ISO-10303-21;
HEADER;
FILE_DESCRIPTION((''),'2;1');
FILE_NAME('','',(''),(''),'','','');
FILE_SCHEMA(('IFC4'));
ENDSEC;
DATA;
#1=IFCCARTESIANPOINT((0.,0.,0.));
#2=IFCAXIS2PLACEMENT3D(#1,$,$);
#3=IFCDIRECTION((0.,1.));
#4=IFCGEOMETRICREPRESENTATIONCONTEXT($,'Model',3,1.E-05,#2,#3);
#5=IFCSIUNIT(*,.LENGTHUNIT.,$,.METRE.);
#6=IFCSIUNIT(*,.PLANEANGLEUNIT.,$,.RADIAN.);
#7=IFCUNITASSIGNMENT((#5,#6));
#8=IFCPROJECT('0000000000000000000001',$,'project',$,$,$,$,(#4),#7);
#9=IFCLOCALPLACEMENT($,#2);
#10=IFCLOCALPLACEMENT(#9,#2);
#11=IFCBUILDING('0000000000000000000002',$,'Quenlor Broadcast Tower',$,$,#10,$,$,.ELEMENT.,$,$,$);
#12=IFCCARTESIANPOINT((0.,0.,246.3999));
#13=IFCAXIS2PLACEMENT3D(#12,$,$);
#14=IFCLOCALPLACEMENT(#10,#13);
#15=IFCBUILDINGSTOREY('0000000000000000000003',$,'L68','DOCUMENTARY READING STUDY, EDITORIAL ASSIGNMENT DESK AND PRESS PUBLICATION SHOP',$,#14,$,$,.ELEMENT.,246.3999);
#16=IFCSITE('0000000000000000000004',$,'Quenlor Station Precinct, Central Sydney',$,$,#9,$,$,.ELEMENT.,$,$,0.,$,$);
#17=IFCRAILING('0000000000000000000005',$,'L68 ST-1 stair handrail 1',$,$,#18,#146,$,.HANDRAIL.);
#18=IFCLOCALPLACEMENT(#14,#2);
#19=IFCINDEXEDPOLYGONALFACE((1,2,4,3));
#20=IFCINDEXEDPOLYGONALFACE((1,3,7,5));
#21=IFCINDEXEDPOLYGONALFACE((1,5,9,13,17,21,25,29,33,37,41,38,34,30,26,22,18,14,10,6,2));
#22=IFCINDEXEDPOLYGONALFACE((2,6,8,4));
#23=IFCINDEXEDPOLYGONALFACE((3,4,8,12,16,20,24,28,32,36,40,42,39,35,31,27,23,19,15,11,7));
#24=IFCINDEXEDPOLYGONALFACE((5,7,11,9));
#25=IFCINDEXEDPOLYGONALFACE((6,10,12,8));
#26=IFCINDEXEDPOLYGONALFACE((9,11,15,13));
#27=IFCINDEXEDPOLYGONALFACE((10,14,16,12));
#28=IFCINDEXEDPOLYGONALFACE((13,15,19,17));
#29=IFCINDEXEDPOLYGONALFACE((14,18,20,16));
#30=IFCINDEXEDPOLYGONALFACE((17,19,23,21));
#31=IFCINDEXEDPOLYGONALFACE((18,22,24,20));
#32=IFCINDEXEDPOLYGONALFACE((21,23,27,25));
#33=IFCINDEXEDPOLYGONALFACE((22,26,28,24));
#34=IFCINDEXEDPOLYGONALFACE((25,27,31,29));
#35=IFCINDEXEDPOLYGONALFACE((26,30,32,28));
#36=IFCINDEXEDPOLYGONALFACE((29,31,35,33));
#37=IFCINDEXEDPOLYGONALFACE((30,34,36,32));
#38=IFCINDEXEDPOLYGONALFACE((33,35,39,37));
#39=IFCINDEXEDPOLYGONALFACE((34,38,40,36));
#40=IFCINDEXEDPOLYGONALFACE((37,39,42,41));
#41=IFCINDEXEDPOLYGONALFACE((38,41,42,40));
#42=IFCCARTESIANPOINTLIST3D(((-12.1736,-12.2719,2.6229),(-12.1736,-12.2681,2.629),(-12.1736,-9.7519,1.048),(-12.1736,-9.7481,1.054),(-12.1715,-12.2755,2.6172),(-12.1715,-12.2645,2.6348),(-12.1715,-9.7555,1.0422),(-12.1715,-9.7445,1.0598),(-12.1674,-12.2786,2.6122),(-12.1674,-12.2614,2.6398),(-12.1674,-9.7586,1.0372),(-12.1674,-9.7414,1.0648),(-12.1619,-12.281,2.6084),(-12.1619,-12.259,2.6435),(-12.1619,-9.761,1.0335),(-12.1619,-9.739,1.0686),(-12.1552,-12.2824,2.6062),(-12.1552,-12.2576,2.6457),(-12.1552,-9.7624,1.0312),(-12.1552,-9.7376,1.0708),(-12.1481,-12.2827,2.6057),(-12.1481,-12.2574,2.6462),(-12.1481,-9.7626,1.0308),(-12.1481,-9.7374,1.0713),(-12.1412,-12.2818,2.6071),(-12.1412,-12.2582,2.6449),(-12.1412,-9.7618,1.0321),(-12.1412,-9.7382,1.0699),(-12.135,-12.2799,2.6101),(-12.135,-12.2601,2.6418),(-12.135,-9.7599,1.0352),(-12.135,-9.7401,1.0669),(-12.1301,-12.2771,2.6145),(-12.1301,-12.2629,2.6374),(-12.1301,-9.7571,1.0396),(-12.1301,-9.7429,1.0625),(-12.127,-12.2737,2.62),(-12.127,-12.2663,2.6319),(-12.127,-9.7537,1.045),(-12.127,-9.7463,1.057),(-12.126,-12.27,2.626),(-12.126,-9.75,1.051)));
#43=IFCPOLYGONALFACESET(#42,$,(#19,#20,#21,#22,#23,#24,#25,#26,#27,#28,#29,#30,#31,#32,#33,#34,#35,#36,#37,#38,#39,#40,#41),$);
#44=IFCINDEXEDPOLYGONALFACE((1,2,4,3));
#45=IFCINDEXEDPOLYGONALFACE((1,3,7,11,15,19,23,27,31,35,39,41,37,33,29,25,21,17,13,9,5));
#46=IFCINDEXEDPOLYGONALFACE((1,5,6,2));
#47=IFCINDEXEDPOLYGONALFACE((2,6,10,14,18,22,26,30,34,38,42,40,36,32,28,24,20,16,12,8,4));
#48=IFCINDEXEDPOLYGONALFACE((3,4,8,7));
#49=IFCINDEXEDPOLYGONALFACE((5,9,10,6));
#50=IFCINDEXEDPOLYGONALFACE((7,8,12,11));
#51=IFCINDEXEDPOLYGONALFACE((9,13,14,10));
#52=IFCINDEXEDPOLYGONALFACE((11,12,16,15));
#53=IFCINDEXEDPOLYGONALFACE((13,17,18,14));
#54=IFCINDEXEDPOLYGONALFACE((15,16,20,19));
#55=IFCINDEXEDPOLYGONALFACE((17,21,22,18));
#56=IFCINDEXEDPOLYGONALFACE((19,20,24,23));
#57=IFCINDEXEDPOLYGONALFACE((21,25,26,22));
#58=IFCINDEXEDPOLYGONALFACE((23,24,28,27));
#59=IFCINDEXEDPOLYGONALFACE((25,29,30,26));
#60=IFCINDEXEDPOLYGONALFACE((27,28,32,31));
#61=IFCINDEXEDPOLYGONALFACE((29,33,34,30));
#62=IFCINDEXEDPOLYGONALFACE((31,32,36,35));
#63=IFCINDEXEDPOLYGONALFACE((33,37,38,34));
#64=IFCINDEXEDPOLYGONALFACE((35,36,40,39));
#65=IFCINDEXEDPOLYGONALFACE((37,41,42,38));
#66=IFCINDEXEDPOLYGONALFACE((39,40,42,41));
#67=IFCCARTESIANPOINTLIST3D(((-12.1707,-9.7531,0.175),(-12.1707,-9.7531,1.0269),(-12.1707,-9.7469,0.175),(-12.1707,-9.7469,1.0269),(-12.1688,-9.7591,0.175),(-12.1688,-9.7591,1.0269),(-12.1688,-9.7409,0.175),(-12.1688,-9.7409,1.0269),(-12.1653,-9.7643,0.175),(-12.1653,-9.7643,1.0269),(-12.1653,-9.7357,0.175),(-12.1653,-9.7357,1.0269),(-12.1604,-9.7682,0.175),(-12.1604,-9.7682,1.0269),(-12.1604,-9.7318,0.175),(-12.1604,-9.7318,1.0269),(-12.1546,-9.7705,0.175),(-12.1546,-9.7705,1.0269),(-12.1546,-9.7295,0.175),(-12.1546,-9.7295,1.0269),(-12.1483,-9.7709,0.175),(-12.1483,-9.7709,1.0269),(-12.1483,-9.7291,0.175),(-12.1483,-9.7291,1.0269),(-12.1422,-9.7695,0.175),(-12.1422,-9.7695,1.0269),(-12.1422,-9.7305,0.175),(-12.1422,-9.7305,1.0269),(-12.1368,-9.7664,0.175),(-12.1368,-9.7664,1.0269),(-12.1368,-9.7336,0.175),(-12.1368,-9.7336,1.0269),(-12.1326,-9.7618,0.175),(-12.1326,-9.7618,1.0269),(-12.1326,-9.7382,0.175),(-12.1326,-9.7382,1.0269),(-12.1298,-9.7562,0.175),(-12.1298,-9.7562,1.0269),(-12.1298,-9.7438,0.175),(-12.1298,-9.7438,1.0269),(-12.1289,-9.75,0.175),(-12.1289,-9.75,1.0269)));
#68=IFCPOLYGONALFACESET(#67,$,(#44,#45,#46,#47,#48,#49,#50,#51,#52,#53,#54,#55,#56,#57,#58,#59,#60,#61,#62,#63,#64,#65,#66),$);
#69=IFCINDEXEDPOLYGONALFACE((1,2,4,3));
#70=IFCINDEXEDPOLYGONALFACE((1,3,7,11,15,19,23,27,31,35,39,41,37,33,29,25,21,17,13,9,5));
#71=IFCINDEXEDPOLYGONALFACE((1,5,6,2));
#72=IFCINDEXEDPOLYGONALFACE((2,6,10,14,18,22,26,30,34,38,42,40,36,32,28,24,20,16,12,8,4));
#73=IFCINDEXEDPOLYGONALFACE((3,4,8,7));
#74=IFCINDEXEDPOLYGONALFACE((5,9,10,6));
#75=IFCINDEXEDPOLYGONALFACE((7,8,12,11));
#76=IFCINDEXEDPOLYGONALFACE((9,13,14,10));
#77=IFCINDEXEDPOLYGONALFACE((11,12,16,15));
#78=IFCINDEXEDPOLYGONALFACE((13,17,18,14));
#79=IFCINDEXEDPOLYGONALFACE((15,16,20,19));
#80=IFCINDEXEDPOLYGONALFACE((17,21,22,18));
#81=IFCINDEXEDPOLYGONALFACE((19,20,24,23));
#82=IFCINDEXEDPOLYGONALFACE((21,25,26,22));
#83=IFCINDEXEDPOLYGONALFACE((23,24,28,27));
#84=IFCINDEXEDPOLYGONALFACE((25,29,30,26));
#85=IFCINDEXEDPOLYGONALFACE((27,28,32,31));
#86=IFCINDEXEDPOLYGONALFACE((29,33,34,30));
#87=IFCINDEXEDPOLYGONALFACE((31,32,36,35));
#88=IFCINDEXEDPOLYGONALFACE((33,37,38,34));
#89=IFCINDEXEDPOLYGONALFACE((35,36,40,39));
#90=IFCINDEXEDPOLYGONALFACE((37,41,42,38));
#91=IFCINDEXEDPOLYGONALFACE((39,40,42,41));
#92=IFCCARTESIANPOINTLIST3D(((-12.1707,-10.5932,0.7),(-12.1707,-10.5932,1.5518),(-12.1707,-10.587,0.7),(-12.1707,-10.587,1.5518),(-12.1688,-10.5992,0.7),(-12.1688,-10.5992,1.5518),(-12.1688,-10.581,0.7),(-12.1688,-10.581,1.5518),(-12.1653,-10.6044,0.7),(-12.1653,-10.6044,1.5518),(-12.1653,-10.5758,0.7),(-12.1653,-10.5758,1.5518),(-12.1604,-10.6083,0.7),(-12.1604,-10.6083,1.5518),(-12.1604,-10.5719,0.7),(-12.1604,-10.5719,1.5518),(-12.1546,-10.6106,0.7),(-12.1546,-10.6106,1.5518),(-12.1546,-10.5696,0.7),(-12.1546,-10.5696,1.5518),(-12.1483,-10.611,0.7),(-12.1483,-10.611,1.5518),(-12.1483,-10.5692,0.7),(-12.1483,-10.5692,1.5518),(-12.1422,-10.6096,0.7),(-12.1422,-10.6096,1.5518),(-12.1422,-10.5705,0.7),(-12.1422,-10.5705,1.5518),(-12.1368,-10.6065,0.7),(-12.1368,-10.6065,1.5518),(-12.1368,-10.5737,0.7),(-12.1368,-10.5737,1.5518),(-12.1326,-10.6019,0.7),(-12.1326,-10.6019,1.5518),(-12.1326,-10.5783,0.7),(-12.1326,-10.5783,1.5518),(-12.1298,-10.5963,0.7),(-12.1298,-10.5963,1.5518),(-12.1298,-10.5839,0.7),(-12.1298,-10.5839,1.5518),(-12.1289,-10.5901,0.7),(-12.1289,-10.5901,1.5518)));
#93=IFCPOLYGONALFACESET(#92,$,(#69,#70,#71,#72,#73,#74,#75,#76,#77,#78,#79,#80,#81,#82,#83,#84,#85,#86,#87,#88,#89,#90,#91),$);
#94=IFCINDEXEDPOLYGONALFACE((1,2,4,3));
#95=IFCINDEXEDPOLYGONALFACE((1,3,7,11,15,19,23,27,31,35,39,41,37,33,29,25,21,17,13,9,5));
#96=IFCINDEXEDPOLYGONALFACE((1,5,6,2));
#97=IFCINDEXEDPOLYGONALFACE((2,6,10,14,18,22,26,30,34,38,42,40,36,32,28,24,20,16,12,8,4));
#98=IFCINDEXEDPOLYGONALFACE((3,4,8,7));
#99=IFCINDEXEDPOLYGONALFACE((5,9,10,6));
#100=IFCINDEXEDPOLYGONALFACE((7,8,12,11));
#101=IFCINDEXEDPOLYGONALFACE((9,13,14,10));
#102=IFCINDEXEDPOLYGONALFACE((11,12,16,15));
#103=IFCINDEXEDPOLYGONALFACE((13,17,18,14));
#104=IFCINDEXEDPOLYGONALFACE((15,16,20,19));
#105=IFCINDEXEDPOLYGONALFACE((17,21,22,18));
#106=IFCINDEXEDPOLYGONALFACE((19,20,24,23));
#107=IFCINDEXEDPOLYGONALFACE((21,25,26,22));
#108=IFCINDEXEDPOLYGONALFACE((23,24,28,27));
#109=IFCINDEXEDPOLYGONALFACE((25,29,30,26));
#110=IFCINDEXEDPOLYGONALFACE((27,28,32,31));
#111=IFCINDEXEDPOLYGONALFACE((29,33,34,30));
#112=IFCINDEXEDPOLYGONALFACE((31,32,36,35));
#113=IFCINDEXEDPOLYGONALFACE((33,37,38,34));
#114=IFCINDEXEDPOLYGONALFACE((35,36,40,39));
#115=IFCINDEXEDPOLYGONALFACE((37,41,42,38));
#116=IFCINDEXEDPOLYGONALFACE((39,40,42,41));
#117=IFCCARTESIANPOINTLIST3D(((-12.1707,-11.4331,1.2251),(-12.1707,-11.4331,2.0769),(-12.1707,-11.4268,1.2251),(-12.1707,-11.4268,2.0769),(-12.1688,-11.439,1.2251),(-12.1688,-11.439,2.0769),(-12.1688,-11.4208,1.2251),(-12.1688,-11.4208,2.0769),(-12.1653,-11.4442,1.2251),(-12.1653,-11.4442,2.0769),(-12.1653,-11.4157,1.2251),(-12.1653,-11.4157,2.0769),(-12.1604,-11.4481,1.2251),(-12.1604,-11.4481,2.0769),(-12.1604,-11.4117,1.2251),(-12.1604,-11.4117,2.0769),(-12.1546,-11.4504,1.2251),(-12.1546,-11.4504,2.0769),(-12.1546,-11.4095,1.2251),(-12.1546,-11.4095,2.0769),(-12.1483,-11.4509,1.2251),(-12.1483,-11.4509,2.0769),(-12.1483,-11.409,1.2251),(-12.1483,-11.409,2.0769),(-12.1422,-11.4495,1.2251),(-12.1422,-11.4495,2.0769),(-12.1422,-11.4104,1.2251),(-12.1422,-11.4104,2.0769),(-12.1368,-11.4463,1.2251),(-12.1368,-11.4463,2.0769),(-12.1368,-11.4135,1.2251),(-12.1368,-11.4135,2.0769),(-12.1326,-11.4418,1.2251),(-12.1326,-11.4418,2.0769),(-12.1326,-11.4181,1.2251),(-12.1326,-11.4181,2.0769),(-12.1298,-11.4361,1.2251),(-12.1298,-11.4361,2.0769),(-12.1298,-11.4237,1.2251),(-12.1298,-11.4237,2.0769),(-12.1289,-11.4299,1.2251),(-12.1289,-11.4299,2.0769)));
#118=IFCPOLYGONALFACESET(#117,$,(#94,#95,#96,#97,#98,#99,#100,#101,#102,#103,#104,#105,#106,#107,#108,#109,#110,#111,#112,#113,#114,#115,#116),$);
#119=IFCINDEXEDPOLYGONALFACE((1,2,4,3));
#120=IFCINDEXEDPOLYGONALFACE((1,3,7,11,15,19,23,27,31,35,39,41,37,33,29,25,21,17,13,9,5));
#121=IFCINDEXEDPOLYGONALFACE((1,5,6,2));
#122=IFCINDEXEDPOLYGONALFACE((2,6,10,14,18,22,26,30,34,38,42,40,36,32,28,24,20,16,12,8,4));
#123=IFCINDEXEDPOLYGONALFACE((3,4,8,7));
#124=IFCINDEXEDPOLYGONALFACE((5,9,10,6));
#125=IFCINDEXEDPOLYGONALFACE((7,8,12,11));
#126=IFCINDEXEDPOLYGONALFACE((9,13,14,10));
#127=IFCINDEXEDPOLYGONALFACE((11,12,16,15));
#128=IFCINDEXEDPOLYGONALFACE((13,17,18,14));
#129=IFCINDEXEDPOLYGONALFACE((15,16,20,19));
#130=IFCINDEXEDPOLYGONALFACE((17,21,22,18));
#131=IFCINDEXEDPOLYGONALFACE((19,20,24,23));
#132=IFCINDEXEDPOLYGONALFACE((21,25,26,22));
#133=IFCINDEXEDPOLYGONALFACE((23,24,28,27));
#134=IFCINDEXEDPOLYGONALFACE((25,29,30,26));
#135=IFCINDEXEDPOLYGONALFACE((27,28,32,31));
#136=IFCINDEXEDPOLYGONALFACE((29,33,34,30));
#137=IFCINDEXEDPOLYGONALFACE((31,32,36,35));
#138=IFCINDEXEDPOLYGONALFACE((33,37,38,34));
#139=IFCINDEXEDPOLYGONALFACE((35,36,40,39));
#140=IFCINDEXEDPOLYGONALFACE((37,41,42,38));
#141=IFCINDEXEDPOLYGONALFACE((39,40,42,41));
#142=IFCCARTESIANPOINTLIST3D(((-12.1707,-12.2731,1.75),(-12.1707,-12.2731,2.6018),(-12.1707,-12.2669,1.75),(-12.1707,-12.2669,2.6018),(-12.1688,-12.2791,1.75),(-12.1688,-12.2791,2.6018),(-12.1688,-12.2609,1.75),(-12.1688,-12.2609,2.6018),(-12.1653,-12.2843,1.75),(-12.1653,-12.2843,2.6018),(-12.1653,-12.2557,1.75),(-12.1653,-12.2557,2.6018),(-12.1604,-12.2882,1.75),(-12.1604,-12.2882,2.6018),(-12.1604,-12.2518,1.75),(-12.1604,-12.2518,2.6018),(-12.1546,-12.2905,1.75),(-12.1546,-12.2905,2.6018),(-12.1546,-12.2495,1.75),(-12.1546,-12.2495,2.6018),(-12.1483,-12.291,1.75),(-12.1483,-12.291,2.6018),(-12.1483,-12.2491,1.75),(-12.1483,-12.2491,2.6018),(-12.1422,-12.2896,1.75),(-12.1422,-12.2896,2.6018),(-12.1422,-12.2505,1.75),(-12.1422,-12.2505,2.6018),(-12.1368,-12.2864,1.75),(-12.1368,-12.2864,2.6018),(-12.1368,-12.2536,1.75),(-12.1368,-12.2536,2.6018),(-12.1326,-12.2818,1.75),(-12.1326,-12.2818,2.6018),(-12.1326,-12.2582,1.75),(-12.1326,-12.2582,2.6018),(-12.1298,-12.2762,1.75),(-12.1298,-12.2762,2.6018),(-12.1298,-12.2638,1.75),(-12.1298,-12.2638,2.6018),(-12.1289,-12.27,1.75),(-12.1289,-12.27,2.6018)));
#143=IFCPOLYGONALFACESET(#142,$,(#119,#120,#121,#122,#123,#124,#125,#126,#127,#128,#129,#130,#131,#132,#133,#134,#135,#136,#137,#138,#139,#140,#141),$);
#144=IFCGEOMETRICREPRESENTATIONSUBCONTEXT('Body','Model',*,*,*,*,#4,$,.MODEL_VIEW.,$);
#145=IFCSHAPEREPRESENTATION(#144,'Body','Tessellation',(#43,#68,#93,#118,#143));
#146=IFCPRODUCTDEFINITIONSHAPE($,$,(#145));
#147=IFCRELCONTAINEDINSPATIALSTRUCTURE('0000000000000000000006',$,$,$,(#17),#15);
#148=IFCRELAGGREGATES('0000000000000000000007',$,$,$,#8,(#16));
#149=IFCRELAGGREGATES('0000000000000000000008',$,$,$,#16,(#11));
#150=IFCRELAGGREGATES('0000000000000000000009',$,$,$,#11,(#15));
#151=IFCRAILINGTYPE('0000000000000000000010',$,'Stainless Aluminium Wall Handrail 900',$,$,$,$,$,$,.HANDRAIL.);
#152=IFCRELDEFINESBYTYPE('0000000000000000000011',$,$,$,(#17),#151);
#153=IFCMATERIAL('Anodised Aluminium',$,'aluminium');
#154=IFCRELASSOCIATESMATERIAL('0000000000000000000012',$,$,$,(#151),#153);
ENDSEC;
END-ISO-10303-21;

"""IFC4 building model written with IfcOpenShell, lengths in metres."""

from ifc_helpers import new_model, si_unit, direction, frame, origin, origin_2d, place, context, subcontext, project, spatial, circle, extrude, material, type_object, element, save


model = new_model("IFC4")

# Units and contexts
model_context = context("Model", 3, precision=1e-05, world=origin(), true_north=direction((0.0, 1.0)))
body_context = subcontext(model_context, "Body", "Model", "MODEL_VIEW")
ifc_project = project(units=[si_unit("LENGTHUNIT", "METRE"), si_unit("PLANEANGLEUNIT", "RADIAN")], contexts=[model_context])

# Site, building, storey
site_placement = place(None, origin())
site = spatial("IfcSite", under=ifc_project, at=site_placement, Name="Quenlor Station Precinct, Central Sydney", CompositionType="ELEMENT", RefElevation=0.0)
building_placement = place(site_placement, origin())
building = spatial("IfcBuilding", under=site, at=building_placement, Name="Quenlor Broadcast Tower", CompositionType="ELEMENT")
storey_placement = place(building_placement, frame((0.0, 0.0, 246.3999)))
storey = spatial("IfcBuildingStorey", under=building, at=storey_placement, Name="L68", Description="DOCUMENTARY READING STUDY, EDITORIAL ASSIGNMENT DESK AND PRESS PUBLICATION SHOP", CompositionType="ELEMENT", Elevation=246.3999)

# Railing
ifc_material_1 = material(Name="Anodised Aluminium", Category="aluminium")
railing_type = type_object("IfcRailingType", Name="Stainless Aluminium Wall Handrail 900", PredefinedType="HANDRAIL", material=ifc_material_1)
railing_placement = place(storey_placement, frame((-12.1499, -9.75, 0.175)))
element("IfcRailing", 1, at=railing_placement, inside=storey, type_object=railing_type, Name="L68 ST-1 stair handrail 1", PredefinedType="HANDRAIL", context=body_context, shape_type="SweptSolid", body=[
    extrude(circle(Radius=0.0239, at=origin_2d()), frame((0.0, 0.0, 0.876), z_axis=(0.0, -0.848008, 0.529984), x_axis=(1.0, 0.0, 0.0)), (0.0, 0.0, 1.0), 2.9717),
    extrude(circle(Radius=0.021, at=origin_2d()), origin(), (0.0, 0.0, 1.0), 0.8518),
    extrude(circle(Radius=0.021, at=origin_2d()), frame((0.0, -0.8401, 0.5249)), (0.0, 0.0, 1.0), 0.8518),
    extrude(circle(Radius=0.021, at=origin_2d()), frame((0.0, -1.6799, 1.05)), (0.0, 0.0, 1.0), 0.8518),
    extrude(circle(Radius=0.021, at=origin_2d()), frame((0.0, -2.52, 1.575)), (0.0, 0.0, 1.0), 0.8518),
])

save(model, "model.ifc")
